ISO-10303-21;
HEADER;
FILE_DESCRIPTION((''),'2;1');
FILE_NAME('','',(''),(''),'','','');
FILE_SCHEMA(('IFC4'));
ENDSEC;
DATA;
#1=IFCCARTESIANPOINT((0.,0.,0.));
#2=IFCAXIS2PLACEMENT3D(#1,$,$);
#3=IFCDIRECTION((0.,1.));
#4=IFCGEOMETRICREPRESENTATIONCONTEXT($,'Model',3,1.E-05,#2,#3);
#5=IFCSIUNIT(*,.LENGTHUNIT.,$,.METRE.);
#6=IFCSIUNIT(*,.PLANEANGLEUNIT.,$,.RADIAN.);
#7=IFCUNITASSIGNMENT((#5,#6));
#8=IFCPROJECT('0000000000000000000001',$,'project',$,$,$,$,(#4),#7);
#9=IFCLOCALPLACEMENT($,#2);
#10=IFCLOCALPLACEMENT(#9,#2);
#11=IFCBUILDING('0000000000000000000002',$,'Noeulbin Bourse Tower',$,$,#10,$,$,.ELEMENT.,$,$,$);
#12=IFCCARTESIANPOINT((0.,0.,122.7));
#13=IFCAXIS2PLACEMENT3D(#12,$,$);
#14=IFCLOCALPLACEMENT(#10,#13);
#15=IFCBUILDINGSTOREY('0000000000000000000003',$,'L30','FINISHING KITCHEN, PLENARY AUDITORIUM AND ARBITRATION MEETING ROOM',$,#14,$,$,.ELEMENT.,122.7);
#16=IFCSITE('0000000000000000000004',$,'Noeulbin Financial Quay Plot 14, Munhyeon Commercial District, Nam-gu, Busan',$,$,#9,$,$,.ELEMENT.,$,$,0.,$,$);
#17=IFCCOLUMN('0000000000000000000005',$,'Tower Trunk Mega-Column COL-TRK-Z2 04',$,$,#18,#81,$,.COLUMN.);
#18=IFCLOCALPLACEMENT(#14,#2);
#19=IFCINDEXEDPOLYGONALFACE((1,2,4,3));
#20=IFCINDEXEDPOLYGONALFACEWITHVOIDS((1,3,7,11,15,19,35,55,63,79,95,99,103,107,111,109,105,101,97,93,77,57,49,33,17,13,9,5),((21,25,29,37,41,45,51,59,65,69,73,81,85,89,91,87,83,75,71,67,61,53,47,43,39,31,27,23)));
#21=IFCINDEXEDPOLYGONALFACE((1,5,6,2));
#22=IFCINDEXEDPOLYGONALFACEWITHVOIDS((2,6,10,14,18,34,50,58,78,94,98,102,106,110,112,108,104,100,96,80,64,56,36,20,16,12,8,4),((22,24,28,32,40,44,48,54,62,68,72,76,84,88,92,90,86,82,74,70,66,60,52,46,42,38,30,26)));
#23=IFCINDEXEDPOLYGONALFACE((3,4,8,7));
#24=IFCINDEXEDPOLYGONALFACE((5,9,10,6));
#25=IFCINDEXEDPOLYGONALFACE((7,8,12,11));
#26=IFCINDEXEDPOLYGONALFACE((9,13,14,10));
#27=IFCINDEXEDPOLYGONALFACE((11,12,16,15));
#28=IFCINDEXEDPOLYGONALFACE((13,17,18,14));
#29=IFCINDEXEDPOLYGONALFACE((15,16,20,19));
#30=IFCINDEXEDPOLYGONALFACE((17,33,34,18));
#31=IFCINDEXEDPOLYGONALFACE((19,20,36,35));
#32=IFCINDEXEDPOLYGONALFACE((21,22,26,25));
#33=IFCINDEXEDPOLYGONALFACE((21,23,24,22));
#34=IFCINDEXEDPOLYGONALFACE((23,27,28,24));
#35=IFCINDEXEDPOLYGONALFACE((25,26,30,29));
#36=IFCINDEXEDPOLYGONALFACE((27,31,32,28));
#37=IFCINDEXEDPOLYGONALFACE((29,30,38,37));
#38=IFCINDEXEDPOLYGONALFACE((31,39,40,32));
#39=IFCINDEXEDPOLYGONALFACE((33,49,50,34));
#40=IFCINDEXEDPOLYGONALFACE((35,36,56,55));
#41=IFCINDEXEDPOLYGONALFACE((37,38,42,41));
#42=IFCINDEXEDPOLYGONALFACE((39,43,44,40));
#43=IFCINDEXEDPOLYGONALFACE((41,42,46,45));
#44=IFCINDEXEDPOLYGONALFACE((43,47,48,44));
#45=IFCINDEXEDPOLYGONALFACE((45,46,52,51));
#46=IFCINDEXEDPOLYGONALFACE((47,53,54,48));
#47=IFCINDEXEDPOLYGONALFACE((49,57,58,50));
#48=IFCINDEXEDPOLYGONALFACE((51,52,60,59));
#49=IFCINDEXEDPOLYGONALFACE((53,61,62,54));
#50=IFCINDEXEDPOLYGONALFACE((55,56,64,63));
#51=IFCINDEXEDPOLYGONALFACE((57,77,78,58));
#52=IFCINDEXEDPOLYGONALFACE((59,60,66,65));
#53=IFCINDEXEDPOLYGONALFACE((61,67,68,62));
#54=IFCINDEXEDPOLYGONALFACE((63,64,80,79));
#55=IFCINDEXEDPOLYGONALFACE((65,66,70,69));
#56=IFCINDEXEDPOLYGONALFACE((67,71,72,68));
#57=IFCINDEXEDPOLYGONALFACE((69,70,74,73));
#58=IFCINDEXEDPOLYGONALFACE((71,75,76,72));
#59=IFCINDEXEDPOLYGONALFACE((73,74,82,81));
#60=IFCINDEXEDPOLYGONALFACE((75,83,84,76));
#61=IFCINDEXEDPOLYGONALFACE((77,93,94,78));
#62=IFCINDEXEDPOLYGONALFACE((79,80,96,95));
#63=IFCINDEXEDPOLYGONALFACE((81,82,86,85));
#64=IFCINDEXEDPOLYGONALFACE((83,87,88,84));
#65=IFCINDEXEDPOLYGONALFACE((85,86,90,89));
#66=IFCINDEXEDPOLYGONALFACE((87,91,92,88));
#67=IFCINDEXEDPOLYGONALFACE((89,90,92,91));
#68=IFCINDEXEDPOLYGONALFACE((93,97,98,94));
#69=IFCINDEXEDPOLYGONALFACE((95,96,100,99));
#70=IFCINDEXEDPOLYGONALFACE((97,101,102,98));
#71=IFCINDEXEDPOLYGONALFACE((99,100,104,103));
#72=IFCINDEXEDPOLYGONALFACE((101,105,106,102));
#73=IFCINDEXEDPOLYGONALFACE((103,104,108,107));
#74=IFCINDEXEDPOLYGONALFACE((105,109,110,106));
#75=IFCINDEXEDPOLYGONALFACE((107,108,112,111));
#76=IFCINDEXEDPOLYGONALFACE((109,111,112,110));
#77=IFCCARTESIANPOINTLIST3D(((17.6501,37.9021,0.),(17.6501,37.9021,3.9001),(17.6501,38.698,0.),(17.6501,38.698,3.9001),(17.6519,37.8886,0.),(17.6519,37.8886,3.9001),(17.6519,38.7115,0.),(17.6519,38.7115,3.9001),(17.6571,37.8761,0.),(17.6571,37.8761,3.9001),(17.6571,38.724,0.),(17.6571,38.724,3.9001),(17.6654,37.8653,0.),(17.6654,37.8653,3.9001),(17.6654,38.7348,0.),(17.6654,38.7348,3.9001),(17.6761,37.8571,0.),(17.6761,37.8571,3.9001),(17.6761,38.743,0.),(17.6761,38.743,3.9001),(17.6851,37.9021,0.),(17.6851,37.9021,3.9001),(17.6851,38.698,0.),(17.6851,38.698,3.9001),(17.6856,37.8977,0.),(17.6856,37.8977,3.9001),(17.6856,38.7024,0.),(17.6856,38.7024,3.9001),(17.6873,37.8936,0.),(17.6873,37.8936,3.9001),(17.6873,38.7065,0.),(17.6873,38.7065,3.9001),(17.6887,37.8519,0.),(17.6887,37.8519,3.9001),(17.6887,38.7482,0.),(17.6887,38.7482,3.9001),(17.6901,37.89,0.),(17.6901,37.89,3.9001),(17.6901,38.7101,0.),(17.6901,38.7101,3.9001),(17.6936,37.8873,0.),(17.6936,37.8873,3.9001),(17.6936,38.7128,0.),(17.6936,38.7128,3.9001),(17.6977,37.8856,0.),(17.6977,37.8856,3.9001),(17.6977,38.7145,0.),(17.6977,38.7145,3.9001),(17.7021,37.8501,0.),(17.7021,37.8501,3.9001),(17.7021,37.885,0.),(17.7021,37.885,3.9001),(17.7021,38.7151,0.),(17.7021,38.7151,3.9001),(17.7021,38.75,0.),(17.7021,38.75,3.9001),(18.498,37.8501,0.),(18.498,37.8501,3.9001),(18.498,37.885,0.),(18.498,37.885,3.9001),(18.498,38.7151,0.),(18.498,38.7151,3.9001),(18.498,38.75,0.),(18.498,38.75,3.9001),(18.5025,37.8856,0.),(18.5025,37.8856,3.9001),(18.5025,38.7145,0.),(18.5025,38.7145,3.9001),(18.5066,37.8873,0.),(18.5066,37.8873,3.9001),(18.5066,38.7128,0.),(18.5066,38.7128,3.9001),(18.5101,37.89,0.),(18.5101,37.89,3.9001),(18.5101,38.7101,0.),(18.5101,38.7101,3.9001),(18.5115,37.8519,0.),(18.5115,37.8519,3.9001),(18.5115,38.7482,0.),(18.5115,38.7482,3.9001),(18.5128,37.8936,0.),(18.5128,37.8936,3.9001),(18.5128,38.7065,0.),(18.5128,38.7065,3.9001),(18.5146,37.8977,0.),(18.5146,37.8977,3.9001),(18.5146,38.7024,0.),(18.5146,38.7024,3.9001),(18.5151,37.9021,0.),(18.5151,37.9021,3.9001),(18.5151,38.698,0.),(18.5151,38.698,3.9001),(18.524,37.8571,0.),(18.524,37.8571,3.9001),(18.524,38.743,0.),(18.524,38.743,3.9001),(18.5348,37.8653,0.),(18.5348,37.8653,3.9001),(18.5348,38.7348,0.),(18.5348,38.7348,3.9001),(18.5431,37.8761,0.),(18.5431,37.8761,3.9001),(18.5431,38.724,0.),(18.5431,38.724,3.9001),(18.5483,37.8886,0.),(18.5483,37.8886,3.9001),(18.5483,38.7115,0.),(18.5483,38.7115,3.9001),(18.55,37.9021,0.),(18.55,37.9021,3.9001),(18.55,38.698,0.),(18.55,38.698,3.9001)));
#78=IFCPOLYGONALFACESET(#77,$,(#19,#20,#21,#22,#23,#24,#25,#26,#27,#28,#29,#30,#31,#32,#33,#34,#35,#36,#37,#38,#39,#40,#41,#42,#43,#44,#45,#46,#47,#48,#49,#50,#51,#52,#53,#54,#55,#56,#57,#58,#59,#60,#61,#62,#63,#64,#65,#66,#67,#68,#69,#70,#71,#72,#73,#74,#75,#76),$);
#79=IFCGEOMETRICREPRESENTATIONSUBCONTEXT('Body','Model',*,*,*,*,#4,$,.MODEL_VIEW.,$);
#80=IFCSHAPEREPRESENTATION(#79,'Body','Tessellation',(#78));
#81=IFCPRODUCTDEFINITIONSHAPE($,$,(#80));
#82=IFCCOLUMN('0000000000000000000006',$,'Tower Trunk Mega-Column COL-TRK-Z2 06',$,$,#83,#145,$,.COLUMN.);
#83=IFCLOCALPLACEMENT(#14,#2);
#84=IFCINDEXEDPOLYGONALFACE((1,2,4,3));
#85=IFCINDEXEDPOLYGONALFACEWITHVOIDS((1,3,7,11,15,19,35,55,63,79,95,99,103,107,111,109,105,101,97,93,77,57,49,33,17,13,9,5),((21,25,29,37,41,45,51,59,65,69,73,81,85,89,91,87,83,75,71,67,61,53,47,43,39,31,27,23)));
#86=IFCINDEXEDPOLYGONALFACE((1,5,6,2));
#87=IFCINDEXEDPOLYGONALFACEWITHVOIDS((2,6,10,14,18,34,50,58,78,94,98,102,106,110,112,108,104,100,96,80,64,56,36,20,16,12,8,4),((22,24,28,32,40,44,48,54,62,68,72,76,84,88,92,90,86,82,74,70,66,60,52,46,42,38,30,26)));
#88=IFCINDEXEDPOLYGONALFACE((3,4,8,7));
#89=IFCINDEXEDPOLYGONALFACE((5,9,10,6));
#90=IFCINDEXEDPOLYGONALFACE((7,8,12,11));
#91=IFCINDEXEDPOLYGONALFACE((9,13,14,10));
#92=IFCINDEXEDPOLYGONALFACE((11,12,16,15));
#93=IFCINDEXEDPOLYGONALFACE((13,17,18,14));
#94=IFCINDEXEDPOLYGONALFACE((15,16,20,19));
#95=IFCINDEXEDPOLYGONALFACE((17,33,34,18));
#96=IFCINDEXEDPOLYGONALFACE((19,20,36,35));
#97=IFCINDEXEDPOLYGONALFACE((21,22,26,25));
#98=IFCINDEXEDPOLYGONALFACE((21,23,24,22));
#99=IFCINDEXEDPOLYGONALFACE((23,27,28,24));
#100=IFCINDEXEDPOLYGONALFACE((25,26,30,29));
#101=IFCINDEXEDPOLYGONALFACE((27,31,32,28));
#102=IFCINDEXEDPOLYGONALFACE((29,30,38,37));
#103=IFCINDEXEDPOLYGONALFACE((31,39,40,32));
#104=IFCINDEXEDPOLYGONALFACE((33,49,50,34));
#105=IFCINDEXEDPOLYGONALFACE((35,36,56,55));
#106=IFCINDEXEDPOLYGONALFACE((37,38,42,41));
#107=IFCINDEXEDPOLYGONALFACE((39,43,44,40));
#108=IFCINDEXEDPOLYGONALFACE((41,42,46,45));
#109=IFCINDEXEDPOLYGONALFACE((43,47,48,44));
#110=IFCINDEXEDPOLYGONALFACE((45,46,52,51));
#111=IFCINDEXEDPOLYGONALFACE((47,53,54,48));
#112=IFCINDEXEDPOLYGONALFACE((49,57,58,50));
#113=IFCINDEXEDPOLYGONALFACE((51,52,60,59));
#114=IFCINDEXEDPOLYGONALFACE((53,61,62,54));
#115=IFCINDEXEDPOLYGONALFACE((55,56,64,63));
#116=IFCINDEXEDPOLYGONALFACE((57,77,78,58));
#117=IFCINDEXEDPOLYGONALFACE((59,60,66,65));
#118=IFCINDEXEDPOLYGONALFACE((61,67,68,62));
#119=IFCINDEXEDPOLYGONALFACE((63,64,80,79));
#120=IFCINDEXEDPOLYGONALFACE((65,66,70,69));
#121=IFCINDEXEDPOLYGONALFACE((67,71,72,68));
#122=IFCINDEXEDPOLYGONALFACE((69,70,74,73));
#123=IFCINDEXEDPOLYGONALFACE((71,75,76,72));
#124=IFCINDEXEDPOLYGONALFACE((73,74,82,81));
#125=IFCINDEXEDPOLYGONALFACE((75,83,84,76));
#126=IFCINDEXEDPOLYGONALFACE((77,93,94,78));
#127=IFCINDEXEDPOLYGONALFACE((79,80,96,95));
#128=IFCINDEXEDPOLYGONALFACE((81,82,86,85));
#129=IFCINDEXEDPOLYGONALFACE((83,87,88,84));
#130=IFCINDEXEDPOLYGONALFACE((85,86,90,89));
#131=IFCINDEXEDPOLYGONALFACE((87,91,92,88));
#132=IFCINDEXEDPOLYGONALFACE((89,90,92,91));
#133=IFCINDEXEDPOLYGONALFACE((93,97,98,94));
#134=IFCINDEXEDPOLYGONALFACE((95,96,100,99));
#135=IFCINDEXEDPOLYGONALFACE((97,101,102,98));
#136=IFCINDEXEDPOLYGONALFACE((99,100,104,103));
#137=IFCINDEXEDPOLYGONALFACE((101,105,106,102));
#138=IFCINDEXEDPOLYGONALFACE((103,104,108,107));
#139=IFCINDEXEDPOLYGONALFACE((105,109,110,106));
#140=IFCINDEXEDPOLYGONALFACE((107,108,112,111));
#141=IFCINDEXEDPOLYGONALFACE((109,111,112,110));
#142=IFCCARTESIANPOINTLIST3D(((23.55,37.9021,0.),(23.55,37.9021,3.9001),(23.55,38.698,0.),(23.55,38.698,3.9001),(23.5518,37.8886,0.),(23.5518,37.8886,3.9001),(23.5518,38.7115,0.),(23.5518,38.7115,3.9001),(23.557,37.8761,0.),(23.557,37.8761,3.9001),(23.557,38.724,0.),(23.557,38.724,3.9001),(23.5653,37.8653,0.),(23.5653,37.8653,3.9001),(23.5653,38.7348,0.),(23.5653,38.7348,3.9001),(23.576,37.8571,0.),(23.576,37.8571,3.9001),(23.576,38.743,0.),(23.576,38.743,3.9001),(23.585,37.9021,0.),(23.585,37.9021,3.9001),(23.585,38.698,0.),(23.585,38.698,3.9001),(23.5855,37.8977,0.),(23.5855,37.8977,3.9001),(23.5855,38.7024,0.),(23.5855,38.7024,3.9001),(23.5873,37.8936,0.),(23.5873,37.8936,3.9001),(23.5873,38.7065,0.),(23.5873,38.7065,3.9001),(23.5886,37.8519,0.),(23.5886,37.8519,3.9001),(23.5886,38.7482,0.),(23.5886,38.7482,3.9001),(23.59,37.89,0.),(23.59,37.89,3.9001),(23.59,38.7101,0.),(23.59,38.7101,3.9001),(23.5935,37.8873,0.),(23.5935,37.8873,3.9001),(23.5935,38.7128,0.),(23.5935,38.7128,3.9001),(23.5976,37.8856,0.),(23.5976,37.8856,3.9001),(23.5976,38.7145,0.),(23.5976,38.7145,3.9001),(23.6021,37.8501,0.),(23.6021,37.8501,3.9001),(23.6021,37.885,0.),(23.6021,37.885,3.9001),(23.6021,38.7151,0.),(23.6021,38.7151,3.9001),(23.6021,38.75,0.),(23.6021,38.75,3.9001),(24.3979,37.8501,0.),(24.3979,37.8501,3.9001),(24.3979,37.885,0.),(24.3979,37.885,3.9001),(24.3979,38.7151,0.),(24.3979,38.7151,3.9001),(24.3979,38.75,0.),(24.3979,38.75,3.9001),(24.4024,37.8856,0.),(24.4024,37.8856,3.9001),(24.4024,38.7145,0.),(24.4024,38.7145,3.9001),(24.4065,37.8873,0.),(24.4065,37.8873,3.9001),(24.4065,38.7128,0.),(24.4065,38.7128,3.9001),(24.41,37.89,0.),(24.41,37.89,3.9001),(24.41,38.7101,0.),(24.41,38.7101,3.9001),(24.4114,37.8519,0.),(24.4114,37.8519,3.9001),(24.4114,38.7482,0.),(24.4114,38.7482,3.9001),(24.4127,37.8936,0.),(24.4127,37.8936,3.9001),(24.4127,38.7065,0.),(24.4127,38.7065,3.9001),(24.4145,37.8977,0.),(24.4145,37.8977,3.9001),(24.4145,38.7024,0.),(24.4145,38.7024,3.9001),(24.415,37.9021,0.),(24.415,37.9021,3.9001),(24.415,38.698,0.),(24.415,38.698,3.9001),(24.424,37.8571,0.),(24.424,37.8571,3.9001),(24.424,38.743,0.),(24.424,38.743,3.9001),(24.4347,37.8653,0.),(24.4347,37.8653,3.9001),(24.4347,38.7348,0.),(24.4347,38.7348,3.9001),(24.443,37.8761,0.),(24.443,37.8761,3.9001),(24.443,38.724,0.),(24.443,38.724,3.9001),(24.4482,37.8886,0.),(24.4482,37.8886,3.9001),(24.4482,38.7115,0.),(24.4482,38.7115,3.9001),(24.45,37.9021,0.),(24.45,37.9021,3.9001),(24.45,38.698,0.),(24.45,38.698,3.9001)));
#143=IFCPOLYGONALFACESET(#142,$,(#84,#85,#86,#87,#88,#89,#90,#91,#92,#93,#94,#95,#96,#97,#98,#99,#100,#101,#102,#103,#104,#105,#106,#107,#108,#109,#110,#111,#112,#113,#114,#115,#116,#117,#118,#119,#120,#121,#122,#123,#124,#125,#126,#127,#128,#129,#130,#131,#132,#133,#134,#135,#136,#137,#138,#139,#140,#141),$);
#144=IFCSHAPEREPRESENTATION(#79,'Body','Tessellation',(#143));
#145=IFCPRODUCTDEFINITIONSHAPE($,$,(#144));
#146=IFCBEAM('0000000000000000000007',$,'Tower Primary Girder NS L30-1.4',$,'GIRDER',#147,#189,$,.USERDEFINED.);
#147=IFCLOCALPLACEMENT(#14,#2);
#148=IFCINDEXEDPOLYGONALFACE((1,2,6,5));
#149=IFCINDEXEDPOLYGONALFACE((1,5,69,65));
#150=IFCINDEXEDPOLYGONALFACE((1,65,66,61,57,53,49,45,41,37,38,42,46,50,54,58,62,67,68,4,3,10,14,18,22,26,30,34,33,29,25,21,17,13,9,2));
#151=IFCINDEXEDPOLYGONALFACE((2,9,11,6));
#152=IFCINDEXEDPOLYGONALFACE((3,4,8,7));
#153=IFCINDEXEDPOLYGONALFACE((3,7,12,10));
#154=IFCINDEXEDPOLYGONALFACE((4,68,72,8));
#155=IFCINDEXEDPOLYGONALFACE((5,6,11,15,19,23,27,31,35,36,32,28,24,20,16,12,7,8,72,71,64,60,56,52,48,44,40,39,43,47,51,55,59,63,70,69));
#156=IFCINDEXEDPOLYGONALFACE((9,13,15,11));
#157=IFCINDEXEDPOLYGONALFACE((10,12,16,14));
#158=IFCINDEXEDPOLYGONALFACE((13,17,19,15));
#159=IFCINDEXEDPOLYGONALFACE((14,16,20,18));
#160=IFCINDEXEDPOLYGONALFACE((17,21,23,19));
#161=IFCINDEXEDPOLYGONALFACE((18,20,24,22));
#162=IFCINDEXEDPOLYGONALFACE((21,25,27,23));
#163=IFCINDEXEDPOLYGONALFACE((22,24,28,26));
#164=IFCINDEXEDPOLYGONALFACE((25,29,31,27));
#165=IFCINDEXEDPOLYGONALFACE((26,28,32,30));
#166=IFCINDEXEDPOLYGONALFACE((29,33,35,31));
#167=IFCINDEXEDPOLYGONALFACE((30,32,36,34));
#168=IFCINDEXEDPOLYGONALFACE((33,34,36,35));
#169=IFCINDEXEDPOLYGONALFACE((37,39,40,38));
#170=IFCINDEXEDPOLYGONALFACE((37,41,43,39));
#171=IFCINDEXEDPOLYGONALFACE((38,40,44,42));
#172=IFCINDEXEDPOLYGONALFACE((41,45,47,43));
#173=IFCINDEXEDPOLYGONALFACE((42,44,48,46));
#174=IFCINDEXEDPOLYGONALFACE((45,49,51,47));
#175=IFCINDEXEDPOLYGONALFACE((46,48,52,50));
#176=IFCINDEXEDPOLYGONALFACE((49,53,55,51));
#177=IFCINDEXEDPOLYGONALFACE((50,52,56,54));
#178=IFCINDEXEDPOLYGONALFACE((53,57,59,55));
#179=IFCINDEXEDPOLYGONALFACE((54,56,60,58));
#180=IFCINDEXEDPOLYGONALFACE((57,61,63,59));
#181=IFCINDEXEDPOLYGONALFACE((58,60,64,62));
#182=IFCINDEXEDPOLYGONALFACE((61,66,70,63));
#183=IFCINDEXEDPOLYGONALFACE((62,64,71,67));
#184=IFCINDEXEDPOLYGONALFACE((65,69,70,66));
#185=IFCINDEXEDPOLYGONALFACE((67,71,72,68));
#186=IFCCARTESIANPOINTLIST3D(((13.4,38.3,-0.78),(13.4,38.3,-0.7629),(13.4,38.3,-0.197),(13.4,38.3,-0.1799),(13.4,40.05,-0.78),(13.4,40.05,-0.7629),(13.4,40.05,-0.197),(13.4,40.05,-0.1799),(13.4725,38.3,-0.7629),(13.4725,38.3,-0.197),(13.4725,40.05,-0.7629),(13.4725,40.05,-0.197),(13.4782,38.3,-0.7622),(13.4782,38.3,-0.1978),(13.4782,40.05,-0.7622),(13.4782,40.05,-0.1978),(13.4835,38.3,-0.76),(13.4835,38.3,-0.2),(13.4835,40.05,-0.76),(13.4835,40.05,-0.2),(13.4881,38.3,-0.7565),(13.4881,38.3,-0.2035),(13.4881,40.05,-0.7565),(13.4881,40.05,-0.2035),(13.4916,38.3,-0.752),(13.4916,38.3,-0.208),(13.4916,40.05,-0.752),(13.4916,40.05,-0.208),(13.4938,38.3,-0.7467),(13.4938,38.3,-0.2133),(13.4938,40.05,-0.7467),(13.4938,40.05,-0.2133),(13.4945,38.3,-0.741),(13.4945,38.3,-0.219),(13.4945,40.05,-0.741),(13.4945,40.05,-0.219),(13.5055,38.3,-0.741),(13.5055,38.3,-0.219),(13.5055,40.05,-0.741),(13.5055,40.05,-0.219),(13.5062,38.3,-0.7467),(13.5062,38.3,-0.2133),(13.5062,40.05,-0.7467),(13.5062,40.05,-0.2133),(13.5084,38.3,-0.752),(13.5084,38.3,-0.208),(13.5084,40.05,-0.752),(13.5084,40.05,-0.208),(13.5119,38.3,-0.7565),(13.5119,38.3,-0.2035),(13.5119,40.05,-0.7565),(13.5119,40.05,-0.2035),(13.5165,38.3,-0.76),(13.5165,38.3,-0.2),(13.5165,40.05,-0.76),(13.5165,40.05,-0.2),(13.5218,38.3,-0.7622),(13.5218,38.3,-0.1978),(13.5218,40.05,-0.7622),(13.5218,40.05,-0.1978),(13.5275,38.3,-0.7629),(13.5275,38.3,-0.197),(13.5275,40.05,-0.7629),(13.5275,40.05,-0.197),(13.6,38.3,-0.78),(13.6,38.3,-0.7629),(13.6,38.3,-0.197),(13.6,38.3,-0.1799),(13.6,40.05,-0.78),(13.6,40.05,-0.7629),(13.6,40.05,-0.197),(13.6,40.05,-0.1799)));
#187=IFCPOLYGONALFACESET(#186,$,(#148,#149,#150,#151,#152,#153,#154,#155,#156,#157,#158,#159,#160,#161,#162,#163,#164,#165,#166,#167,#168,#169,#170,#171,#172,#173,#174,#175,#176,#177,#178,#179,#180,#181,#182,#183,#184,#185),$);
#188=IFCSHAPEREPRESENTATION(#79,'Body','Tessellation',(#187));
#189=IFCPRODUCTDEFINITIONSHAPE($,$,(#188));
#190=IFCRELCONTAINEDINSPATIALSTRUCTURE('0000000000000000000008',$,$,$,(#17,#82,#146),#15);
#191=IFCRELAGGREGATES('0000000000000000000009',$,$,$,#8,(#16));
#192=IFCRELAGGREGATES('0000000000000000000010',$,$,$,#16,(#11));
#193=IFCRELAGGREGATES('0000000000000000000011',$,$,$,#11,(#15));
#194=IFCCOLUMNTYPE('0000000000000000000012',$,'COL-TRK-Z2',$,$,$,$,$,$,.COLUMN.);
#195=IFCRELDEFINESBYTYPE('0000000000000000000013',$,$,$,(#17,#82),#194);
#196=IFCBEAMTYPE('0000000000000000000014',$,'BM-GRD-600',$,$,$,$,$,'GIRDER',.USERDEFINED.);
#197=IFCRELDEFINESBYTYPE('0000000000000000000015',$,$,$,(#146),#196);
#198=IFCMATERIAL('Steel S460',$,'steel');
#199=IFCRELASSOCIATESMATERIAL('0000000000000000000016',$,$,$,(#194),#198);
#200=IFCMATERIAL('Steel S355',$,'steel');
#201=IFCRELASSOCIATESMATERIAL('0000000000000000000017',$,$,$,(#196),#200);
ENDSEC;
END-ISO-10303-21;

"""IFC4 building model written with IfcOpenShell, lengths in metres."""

from ifc_helpers import new_model, si_unit, direction, frame, origin, origin_2d, place, context, subcontext, project, spatial, hollow_rectangle, i_section, extrude, material, material_profile, profile_set, type_object, element, save


model = new_model("IFC4")

# Units and contexts
model_context = context("Model", 3, precision=1e-05, world=origin(), true_north=direction((0.0, 1.0)))
body_context = subcontext(model_context, "Body", "Model", "MODEL_VIEW")
ifc_project = project(units=[si_unit("LENGTHUNIT", "METRE"), si_unit("PLANEANGLEUNIT", "RADIAN")], contexts=[model_context])

# Site, building, storey
site_placement = place(None, origin())
site = spatial("IfcSite", under=ifc_project, at=site_placement, Name="Noeulbin Financial Quay Plot 14, Munhyeon Commercial District, Nam-gu, Busan", CompositionType="ELEMENT", RefElevation=0.0)
building_placement = place(site_placement, origin())
building = spatial("IfcBuilding", under=site, at=building_placement, Name="Noeulbin Bourse Tower", CompositionType="ELEMENT")
storey_placement = place(building_placement, frame((0.0, 0.0, 122.7)))
storey = spatial("IfcBuildingStorey", under=building, at=storey_placement, Name="L30", Description="FINISHING KITCHEN, PLENARY AUDITORIUM AND ARBITRATION MEETING ROOM", CompositionType="ELEMENT", Elevation=122.7)

# Columns
ifc_material_1 = material(Name="Steel S460", Category="steel")
ifc_material_profile_1 = material_profile(ifc_material_1, hollow_rectangle(XDim=0.8999, YDim=0.8999, WallThickness=0.0349, InnerFilletRadius=0.0171, OuterFilletRadius=0.052, at=origin_2d()), Name="BOX-900x900x35", Category="LoadBearing")
ifc_profile_set_1 = profile_set([ifc_material_profile_1], Name="Steel S460")
column_type = type_object("IfcColumnType", Name="COL-TRK-Z2", PredefinedType="COLUMN", material=ifc_profile_set_1)
for number, where, z_axis, x_axis, name in (
    (1, (18.1001, 38.3, 0.0), (0.0, 0.0, 1.0), (1.0, 0.0, 0.0), "Tower Trunk Mega-Column COL-TRK-Z2 04"),
    (2, (24.0, 38.3, 0.0), (0.0, 0.0, 1.0), (1.0, 0.0, 0.0), "Tower Trunk Mega-Column COL-TRK-Z2 06"),
):
    element("IfcColumn", number, at=place(storey_placement, frame(where, z_axis=z_axis, x_axis=x_axis)), inside=storey, type_object=column_type, Name=name, PredefinedType="COLUMN", context=body_context, shape_type="SweptSolid", body=[
        extrude(hollow_rectangle(XDim=0.8999, YDim=0.8999, WallThickness=0.0349, InnerFilletRadius=0.0171, OuterFilletRadius=0.052, at=origin_2d()), origin(), (0.0, 0.0, 1.0), 3.9001),
    ])

# Beam
ifc_material_2 = material(Name="Steel S355", Category="steel")
ifc_material_profile_2 = material_profile(ifc_material_2, i_section(OverallWidth=0.2, OverallDepth=0.6001, WebThickness=0.011, FlangeThickness=0.0171, FilletRadius=0.022, at=origin_2d()), Name="H-600x200x11x17", Category="LoadBearing")
ifc_profile_set_2 = profile_set([ifc_material_profile_2], Name="Steel S355")
beam_type = type_object("IfcBeamType", Name="BM-GRD-600", ElementType="GIRDER", PredefinedType="USERDEFINED", material=ifc_profile_set_2)
for number, where, z_axis, x_axis, name in (
    (3, (13.5, 38.3, -0.48), (0.0, 1.0, 0.0), (-1.0, 0.0, 0.0), "Tower Primary Girder NS L30-1.4"),
):
    element("IfcBeam", number, at=place(storey_placement, frame(where, z_axis=z_axis, x_axis=x_axis)), inside=storey, type_object=beam_type, Name=name, ObjectType="GIRDER", PredefinedType="USERDEFINED", context=body_context, shape_type="SweptSolid", body=[
        extrude(i_section(OverallWidth=0.2, OverallDepth=0.6001, WebThickness=0.011, FlangeThickness=0.0171, FilletRadius=0.022, at=origin_2d()), origin(), (0.0, 0.0, 1.0), 1.75),
    ])

save(model, "model.ifc")
